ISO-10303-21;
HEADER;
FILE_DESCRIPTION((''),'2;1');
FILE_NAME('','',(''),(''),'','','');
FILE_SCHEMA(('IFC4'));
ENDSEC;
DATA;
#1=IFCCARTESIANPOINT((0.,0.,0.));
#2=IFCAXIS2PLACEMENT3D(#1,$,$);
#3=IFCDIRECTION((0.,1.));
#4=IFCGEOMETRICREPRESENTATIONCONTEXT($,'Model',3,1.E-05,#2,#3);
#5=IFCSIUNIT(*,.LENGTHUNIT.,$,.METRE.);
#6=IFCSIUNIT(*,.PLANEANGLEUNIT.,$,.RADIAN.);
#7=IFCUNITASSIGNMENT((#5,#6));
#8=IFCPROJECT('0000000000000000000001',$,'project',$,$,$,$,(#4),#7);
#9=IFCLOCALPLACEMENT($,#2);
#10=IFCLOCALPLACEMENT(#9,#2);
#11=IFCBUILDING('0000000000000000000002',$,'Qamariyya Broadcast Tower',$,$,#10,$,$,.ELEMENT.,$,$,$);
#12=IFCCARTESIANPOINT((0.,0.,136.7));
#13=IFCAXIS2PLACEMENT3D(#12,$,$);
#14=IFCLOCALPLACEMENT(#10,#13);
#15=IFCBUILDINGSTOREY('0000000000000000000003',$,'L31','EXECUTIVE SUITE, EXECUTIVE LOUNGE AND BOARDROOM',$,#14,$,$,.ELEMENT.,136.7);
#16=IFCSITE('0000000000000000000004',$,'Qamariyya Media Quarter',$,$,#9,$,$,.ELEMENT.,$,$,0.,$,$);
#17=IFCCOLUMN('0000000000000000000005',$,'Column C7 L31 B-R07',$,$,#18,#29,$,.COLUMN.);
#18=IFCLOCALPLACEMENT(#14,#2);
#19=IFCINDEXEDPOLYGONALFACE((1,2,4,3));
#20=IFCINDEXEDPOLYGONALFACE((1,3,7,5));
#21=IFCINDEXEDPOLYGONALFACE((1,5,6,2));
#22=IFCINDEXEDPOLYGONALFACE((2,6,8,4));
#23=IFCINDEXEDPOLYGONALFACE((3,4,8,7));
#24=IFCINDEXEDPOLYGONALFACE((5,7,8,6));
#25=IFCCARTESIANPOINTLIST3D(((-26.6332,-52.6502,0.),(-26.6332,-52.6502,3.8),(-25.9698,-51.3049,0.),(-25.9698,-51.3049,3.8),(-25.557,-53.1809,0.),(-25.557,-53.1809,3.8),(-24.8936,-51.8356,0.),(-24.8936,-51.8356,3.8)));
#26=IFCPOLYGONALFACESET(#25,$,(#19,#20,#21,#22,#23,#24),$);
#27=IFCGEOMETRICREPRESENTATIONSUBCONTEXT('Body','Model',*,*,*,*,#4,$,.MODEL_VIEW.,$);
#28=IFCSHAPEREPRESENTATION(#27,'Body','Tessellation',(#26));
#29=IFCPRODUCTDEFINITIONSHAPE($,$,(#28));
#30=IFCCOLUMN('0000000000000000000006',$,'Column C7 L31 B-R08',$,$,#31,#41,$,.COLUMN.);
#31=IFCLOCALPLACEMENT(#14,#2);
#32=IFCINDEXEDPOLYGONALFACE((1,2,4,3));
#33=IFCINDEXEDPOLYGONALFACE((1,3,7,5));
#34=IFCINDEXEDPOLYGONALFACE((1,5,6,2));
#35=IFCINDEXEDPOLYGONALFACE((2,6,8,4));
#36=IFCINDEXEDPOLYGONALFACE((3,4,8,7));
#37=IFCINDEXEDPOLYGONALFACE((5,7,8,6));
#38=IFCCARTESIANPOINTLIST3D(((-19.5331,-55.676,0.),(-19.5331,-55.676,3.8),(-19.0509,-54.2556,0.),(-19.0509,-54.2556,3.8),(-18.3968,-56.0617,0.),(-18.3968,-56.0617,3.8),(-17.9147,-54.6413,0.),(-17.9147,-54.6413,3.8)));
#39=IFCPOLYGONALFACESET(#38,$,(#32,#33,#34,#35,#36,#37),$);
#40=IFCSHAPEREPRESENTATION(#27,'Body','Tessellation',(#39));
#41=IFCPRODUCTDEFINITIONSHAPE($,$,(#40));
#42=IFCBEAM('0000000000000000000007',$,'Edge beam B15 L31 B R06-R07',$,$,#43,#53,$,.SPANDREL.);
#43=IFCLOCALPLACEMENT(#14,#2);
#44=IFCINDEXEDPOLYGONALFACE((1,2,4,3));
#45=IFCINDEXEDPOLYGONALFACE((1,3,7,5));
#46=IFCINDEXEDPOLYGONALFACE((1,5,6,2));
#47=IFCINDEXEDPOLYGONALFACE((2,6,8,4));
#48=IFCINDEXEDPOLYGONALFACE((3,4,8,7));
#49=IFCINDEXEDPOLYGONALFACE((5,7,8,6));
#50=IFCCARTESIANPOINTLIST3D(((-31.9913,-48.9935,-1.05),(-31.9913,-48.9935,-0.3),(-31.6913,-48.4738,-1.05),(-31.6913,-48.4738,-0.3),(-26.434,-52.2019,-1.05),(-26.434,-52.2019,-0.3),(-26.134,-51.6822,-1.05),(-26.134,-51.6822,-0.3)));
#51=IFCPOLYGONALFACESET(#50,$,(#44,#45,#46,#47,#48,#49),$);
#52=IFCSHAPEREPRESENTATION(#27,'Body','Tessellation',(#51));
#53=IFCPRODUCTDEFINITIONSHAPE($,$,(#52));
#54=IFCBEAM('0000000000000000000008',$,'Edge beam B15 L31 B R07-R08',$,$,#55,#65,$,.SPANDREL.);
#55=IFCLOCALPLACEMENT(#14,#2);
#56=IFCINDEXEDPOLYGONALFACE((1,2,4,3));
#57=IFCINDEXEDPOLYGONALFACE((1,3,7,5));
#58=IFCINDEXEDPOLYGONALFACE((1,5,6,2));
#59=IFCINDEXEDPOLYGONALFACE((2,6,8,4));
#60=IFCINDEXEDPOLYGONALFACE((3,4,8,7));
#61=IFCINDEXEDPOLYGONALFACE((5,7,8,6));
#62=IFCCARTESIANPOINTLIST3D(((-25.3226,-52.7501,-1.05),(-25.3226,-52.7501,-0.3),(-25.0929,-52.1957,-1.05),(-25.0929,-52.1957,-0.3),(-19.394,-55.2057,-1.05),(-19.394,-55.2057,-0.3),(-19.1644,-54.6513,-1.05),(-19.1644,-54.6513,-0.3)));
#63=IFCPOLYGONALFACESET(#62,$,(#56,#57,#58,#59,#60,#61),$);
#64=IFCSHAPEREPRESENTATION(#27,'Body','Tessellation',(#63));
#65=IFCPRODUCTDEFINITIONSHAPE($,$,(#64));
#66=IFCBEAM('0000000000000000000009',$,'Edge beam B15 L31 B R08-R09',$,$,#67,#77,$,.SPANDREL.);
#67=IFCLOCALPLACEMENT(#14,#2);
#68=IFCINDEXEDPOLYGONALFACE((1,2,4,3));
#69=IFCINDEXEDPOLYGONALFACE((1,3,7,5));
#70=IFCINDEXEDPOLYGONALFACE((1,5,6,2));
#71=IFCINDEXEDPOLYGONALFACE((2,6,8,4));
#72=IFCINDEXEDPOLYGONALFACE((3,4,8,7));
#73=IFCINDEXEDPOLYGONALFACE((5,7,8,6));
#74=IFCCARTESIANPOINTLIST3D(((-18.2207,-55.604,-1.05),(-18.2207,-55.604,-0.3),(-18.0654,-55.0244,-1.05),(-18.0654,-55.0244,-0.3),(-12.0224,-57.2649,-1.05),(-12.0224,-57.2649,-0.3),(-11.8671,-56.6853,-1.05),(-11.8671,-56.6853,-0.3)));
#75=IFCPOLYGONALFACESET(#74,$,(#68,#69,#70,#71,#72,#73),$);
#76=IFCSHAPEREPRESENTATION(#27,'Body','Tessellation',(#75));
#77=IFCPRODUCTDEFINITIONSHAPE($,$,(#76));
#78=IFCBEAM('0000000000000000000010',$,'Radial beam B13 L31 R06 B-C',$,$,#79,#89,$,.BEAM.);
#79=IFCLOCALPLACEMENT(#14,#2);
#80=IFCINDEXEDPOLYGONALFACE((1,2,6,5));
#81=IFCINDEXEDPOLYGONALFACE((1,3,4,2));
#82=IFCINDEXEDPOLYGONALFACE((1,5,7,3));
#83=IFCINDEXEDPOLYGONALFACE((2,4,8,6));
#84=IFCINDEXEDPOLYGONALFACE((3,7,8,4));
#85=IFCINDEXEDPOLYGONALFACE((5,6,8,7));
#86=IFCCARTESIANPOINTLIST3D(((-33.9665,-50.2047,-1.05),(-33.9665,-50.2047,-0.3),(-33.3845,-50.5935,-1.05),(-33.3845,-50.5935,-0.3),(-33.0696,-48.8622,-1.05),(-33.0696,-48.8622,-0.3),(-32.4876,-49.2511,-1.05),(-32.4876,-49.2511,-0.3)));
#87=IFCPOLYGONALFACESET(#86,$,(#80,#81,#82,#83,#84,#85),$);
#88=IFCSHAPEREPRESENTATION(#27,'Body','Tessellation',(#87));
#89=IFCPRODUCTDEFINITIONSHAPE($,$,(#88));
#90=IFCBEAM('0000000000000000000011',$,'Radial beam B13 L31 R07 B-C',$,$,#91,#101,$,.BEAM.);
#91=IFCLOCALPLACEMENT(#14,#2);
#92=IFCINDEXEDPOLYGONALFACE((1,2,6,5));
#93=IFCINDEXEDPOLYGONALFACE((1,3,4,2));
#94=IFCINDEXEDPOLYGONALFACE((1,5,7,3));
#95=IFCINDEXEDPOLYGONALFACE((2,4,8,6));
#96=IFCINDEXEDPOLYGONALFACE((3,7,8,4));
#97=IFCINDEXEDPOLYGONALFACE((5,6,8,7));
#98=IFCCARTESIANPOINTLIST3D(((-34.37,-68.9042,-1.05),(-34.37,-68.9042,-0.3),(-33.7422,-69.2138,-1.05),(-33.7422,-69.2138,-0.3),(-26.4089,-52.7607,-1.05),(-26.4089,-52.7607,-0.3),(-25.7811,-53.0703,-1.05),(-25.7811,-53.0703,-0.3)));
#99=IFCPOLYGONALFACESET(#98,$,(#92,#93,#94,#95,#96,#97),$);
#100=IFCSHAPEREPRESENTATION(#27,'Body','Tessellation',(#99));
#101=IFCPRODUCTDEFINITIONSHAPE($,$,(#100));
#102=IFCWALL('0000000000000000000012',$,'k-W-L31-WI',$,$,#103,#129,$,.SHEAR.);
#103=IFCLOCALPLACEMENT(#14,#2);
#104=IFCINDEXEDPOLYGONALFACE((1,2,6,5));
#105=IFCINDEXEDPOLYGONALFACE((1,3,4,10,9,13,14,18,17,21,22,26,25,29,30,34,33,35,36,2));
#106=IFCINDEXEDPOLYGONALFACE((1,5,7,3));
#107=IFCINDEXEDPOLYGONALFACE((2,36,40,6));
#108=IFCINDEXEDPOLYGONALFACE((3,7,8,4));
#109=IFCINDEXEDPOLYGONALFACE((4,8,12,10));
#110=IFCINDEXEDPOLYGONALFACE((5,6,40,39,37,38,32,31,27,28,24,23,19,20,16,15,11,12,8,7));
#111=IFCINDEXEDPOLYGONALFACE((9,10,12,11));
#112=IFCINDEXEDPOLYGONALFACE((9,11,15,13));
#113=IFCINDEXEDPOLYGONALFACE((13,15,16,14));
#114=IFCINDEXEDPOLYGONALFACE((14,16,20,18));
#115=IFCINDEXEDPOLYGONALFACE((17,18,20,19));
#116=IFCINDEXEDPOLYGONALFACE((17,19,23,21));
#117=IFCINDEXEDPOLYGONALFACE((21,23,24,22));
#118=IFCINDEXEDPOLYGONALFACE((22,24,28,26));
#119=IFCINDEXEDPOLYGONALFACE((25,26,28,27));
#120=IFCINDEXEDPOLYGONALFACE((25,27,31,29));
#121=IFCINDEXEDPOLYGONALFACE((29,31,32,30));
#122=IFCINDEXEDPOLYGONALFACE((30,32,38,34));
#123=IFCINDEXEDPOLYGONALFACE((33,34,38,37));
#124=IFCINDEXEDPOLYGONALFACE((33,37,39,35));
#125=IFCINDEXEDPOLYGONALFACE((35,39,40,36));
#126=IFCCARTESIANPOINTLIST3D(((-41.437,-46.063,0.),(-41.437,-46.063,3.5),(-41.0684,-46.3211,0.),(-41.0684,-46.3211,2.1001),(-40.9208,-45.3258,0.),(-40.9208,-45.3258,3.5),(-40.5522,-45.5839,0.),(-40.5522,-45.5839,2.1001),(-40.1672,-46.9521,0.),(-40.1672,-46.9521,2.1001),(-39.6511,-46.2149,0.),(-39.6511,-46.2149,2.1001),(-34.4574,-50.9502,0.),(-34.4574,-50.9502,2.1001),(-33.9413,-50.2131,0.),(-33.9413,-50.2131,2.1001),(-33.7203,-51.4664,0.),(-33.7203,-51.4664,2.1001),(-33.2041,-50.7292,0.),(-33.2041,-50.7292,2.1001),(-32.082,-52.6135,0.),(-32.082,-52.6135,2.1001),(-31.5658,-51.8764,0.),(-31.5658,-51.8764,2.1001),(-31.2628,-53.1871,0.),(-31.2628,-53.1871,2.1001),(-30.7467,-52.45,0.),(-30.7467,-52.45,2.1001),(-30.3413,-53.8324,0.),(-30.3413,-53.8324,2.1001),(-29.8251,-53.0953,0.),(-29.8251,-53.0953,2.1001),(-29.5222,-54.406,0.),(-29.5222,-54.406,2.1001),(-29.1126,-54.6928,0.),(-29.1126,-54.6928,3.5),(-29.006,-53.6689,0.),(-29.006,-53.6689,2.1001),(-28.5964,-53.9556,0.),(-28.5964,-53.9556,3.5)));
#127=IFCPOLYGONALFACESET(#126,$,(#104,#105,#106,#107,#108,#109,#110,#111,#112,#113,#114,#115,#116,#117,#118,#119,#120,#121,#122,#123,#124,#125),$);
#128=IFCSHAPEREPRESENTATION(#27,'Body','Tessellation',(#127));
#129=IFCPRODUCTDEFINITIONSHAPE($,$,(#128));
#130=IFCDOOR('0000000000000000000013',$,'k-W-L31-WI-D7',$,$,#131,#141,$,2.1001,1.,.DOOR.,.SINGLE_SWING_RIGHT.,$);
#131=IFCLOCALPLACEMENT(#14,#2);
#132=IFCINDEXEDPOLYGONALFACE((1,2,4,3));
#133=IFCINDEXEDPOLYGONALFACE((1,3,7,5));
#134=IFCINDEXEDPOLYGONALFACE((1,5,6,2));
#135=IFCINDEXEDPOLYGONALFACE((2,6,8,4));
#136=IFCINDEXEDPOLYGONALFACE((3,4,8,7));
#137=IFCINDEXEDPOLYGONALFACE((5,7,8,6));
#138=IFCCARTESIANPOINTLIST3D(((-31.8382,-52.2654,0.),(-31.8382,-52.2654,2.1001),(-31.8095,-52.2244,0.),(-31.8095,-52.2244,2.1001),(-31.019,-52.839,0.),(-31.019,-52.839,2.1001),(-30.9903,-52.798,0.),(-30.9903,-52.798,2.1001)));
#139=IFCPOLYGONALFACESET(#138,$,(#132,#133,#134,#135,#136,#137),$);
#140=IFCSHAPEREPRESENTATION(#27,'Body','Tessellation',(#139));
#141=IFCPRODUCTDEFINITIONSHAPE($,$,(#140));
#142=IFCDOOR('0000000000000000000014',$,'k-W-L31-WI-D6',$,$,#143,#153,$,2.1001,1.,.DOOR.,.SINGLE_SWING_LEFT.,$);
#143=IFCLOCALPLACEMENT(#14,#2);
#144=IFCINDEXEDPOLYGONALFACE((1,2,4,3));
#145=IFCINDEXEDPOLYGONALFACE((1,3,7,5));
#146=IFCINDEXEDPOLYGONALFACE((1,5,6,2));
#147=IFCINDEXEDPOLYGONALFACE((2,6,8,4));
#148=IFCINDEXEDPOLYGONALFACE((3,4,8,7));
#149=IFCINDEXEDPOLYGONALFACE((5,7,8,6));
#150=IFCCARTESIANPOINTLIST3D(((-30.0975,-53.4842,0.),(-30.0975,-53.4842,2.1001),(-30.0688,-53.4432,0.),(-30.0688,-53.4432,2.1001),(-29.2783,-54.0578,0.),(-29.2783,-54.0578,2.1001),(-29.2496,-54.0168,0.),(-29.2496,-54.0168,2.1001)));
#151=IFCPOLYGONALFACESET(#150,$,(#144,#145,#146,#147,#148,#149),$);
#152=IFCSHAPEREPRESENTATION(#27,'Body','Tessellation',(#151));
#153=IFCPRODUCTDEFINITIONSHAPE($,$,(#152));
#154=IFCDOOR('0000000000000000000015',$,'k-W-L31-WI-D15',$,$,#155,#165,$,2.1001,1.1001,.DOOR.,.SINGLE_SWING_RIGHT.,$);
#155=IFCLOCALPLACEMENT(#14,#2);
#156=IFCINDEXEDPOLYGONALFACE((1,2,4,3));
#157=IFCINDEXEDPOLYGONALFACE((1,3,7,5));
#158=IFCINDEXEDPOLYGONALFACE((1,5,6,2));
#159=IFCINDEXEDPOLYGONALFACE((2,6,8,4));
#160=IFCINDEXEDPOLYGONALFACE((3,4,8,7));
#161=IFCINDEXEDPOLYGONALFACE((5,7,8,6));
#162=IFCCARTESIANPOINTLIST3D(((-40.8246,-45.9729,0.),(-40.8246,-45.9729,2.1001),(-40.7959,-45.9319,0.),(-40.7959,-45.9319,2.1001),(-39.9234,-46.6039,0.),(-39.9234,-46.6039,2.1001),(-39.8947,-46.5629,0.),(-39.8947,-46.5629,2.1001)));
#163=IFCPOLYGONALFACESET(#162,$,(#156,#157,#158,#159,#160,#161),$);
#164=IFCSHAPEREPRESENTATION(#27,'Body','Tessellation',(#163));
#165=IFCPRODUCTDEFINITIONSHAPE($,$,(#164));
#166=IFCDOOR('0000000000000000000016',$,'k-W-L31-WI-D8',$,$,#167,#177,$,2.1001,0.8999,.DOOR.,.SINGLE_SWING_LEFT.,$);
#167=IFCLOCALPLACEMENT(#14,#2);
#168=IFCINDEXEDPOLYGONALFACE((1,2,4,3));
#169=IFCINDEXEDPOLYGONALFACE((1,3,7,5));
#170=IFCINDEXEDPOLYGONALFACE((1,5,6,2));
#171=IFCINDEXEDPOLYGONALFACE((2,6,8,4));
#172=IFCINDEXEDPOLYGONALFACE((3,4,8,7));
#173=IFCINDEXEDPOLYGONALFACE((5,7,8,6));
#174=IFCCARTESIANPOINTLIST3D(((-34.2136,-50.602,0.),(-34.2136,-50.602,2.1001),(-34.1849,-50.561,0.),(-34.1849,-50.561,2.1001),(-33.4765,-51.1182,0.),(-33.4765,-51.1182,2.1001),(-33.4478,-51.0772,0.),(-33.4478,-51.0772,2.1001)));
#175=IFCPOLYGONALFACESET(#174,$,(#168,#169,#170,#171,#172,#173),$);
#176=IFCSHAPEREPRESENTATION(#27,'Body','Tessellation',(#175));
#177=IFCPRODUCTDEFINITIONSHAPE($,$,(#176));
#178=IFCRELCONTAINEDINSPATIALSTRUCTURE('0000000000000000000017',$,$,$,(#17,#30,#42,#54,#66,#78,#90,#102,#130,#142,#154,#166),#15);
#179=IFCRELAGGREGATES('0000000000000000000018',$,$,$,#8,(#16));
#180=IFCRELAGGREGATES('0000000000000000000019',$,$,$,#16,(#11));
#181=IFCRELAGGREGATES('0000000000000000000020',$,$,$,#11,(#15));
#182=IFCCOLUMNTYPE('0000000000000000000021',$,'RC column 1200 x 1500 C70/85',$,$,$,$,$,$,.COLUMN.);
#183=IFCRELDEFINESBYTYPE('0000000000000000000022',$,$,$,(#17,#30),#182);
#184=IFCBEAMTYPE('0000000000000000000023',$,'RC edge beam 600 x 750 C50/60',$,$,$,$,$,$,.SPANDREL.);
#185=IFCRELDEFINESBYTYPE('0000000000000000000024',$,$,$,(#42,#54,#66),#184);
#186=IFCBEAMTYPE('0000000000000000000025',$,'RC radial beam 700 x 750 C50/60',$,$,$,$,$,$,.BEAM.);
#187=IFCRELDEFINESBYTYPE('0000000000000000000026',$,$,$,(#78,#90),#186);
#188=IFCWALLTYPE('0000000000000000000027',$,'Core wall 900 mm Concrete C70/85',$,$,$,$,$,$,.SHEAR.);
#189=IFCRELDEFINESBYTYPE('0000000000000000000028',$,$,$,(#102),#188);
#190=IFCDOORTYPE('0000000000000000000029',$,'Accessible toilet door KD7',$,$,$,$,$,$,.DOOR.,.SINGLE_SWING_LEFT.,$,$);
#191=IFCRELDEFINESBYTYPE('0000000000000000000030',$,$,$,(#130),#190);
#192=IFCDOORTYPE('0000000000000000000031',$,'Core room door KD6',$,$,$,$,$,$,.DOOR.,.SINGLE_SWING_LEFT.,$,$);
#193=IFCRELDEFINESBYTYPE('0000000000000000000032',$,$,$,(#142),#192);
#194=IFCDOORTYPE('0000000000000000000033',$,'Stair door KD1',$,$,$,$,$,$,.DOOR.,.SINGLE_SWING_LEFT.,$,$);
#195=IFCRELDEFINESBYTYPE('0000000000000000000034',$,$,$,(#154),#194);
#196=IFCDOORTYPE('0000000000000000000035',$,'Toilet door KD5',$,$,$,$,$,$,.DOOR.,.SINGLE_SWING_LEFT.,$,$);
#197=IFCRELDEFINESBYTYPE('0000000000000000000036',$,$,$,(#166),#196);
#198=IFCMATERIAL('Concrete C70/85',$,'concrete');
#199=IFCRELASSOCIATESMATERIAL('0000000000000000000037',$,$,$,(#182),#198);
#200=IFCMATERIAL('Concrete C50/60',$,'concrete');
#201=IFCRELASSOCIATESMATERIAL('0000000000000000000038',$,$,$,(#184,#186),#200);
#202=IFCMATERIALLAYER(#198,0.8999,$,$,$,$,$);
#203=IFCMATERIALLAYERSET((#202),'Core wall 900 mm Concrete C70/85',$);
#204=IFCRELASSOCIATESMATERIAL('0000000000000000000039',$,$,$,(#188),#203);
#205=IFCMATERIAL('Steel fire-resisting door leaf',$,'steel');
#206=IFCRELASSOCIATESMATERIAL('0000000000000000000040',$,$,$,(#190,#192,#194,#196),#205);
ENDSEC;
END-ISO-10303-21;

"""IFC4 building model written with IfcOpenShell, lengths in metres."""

from ifc_helpers import new_model, si_unit, direction, frame, frame_2d, origin, origin_2d, place, context, subcontext, project, spatial, rectangle, extrude, material, layer, layer_set, material_profile, profile_set, type_object, element, fill, save


model = new_model("IFC4")

# Units and contexts
model_context = context("Model", 3, precision=1e-05, world=origin(), true_north=direction((0.0, 1.0)))
body_context = subcontext(model_context, "Body", "Model", "MODEL_VIEW")
ifc_project = project(units=[si_unit("LENGTHUNIT", "METRE"), si_unit("PLANEANGLEUNIT", "RADIAN")], contexts=[model_context])

# Site, building, storey
site_placement = place(None, origin())
site = spatial("IfcSite", under=ifc_project, at=site_placement, Name="Qamariyya Media Quarter", CompositionType="ELEMENT", RefElevation=0.0)
building_placement = place(site_placement, origin())
building = spatial("IfcBuilding", under=site, at=building_placement, Name="Qamariyya Broadcast Tower", CompositionType="ELEMENT")
storey_placement = place(building_placement, frame((0.0, 0.0, 136.7)))
storey = spatial("IfcBuildingStorey", under=building, at=storey_placement, Name="L31", Description="EXECUTIVE SUITE, EXECUTIVE LOUNGE AND BOARDROOM", CompositionType="ELEMENT", Elevation=136.7)

# Columns
ifc_material_1 = material(Name="Concrete C70/85", Category="concrete")
ifc_material_profile_1 = material_profile(ifc_material_1, rectangle(XDim=1.2, YDim=1.5, at=origin_2d()))
ifc_profile_set_1 = profile_set([ifc_material_profile_1], Name="Concrete C70/85")
column_type = type_object("IfcColumnType", Name="RC column 1200 x 1500 C70/85", PredefinedType="COLUMN", material=ifc_profile_set_1)
for number, where, z_axis, x_axis, name in (
    (1, (-25.7634, -52.2429, 0.0), (0.0, 0.0, 1.0), (0.896873, -0.442289, 0.0), "Column C7 L31 B-R07"),
    (2, (-18.7239, -55.1587, 0.0), (0.0, 0.0, 1.0), (0.94693, -0.321439, 0.0), "Column C7 L31 B-R08"),
):
    element("IfcColumn", number, at=place(storey_placement, frame(where, z_axis=z_axis, x_axis=x_axis)), inside=storey, type_object=column_type, Name=name, PredefinedType="COLUMN", context=body_context, shape_type="SweptSolid", body=[
        extrude(rectangle(XDim=1.2, YDim=1.5, at=origin_2d()), origin(), (0.0, 0.0, 1.0), 3.8),
    ])

# Beams
ifc_material_2 = material(Name="Concrete C50/60", Category="concrete")
ifc_material_profile_2 = material_profile(ifc_material_2, rectangle(XDim=0.6001, YDim=0.75, at=origin_2d()))
ifc_profile_set_2 = profile_set([ifc_material_profile_2], Name="Concrete C50/60")
beam_type_1 = type_object("IfcBeamType", Name="RC edge beam 600 x 750 C50/60", PredefinedType="SPANDREL", material=ifc_profile_set_2)
for number, where, z_axis, x_axis, name in (
    (3, (-31.8413, -48.7336, -0.675), (0.866029, -0.499994, 0.0), (0.499994, 0.866029, 0.0), "Edge beam B15 L31 B R06-R07"),
    (4, (-25.2078, -52.4729, -0.675), (0.923884, -0.382672, 0.0), (0.382672, 0.923884, 0.0), "Edge beam B15 L31 B R07-R08"),
    (5, (-18.1431, -55.3142, -0.675), (0.965923, -0.25883, 0.0), (0.25883, 0.965923, 0.0), "Edge beam B15 L31 B R08-R09"),
):
    element("IfcBeam", number, at=place(storey_placement, frame(where, z_axis=z_axis, x_axis=x_axis)), inside=storey, type_object=beam_type_1, Name=name, PredefinedType="SPANDREL", context=body_context, shape_type="SweptSolid", body=[
        extrude(rectangle(XDim=0.6001, YDim=0.75, at=origin_2d()), origin(), (0.0, 0.0, 1.0), 6.417),
    ])
ifc_material_profile_3 = material_profile(ifc_material_2, rectangle(XDim=0.7, YDim=0.75, at=origin_2d()))
ifc_profile_set_3 = profile_set([ifc_material_profile_3], Name="Concrete C50/60")
beam_type_2 = type_object("IfcBeamType", Name="RC radial beam 700 x 750 C50/60", PredefinedType="BEAM", material=ifc_profile_set_3)
beam_1_placement = place(storey_placement, frame((-32.7786, -49.0566, -0.675), z_axis=(-0.555537, -0.831492, 0.0), x_axis=(0.831492, -0.555537, 0.0)))
element("IfcBeam", 6, at=beam_1_placement, inside=storey, type_object=beam_type_2, Name="Radial beam B13 L31 R06 B-C", PredefinedType="BEAM", context=body_context, shape_type="SweptSolid", body=[
    extrude(rectangle(XDim=0.7, YDim=0.75, at=origin_2d()), origin(), (0.0, 0.0, 1.0), 1.6145),
])
beam_2_placement = place(storey_placement, frame((-26.095, -52.9155, -0.675), z_axis=(-0.442291, -0.896871, 0.0), x_axis=(0.896871, -0.442291, 0.0)))
element("IfcBeam", 7, at=beam_2_placement, inside=storey, type_object=beam_type_2, Name="Radial beam B13 L31 R07 B-C", PredefinedType="BEAM", context=body_context, shape_type="SweptSolid", body=[
    extrude(rectangle(XDim=0.7, YDim=0.75, at=origin_2d()), origin(), (0.0, 0.0, 1.0), 17.9998),
])

# Wall, openings, doors
ifc_layer_1 = layer(ifc_material_1, 0.8999)
ifc_layer_set_1 = layer_set([ifc_layer_1], Name="Core wall 900 mm Concrete C70/85")
wall_type_1 = type_object("IfcWallType", Name="Core wall 900 mm Concrete C70/85", PredefinedType="SHEAR", material=ifc_layer_set_1)
wall_1_placement = place(storey_placement, frame((-28.8545, -54.3242, 0.0), z_axis=(0.0, 0.0, 1.0), x_axis=(-0.819146, 0.573585, 0.0)))
wall_1 = element("IfcWall", 8, at=wall_1_placement, inside=storey, type_object=wall_type_1, Name="k-W-L31-WI", PredefinedType="SHEAR", context=body_context, shape_type="SweptSolid", body=[
    extrude(rectangle(XDim=15.0454, YDim=0.8999, at=frame_2d((7.5227, 0.0))), origin(), (0.0, 0.0, 1.0), 3.5),
])
opening_1_placement = place(wall_1_placement, frame((0.5, 0.0, 0.0)))
opening_1 = element("IfcOpeningElement", 9, at=opening_1_placement, cuts=wall_1, PredefinedType="OPENING", context=body_context, shape_type="SweptSolid", body=[
    extrude(rectangle(XDim=1.0, YDim=2.1001, at=frame_2d((0.5, 1.05))), frame((0.0, 0.46, 0.0), z_axis=(0.0, -1.0, 0.0), x_axis=(1.0, 0.0, 0.0)), (0.0, 0.0, 1.0), 0.9199),
])
opening_2_placement = place(wall_1_placement, frame((2.625, 0.0, 0.0)))
opening_2 = element("IfcOpeningElement", 10, at=opening_2_placement, cuts=wall_1, PredefinedType="OPENING", context=body_context, shape_type="SweptSolid", body=[
    extrude(rectangle(XDim=1.0, YDim=2.1001, at=frame_2d((0.5, 1.05))), frame((0.0, 0.46, 0.0), z_axis=(0.0, -1.0, 0.0), x_axis=(1.0, 0.0, 0.0)), (0.0, 0.0, 1.0), 0.9199),
])
opening_3_placement = place(wall_1_placement, frame((5.625, 0.0, 0.0)))
opening_3 = element("IfcOpeningElement", 11, at=opening_3_placement, cuts=wall_1, PredefinedType="OPENING", context=body_context, shape_type="SweptSolid", body=[
    extrude(rectangle(XDim=0.8999, YDim=2.1001, at=frame_2d((0.45, 1.05))), frame((0.0, 0.46, 0.0), z_axis=(0.0, -1.0, 0.0), x_axis=(1.0, 0.0, 0.0)), (0.0, 0.0, 1.0), 0.9199),
])
opening_4_placement = place(wall_1_placement, frame((13.4954, 0.0, 0.0)))
opening_4 = element("IfcOpeningElement", 12, at=opening_4_placement, cuts=wall_1, PredefinedType="OPENING", context=body_context, shape_type="SweptSolid", body=[
    extrude(rectangle(XDim=1.1001, YDim=2.1001, at=frame_2d((0.55, 1.05))), frame((0.0, 0.46, 0.0), z_axis=(0.0, -1.0, 0.0), x_axis=(1.0, 0.0, 0.0)), (0.0, 0.0, 1.0), 0.9199),
])
ifc_material_3 = material(Name="Steel fire-resisting door leaf", Category="steel")
door_type_1 = type_object("IfcDoorType", Name="Accessible toilet door KD7", OperationType="SINGLE_SWING_LEFT", PredefinedType="DOOR", material=ifc_material_3)
door_1_placement = place(opening_2_placement, origin())
door_1 = element("IfcDoor", 13, at=door_1_placement, inside=storey, type_object=door_type_1, Name="k-W-L31-WI-D7", OperationType="SINGLE_SWING_RIGHT", OverallHeight=2.1001, OverallWidth=1.0, PredefinedType="DOOR", context=body_context, shape_type="SweptSolid", body=[
    extrude(rectangle(XDim=1.0, YDim=2.1001, at=frame_2d((0.5, 1.05))), frame((0.0, 0.0249, 0.0), z_axis=(0.0, -1.0, 0.0), x_axis=(1.0, 0.0, 0.0)), (0.0, 0.0, 1.0), 0.05),
])
fill(opening_2, door_1)
door_type_2 = type_object("IfcDoorType", Name="Core room door KD6", OperationType="SINGLE_SWING_LEFT", PredefinedType="DOOR", material=ifc_material_3)
door_2_placement = place(opening_1_placement, origin())
door_2 = element("IfcDoor", 14, at=door_2_placement, inside=storey, type_object=door_type_2, Name="k-W-L31-WI-D6", OperationType="SINGLE_SWING_LEFT", OverallHeight=2.1001, OverallWidth=1.0, PredefinedType="DOOR", context=body_context, shape_type="SweptSolid", body=[
    extrude(rectangle(XDim=1.0, YDim=2.1001, at=frame_2d((0.5, 1.05))), frame((0.0, 0.0249, 0.0), z_axis=(0.0, -1.0, 0.0), x_axis=(1.0, 0.0, 0.0)), (0.0, 0.0, 1.0), 0.05),
])
fill(opening_1, door_2)
door_type_3 = type_object("IfcDoorType", Name="Stair door KD1", OperationType="SINGLE_SWING_LEFT", PredefinedType="DOOR", material=ifc_material_3)
door_3_placement = place(opening_4_placement, origin())
door_3 = element("IfcDoor", 15, at=door_3_placement, inside=storey, type_object=door_type_3, Name="k-W-L31-WI-D15", OperationType="SINGLE_SWING_RIGHT", OverallHeight=2.1001, OverallWidth=1.1001, PredefinedType="DOOR", context=body_context, shape_type="SweptSolid", body=[
    extrude(rectangle(XDim=1.1001, YDim=2.1001, at=frame_2d((0.55, 1.05))), frame((0.0, 0.0249, 0.0), z_axis=(0.0, -1.0, 0.0), x_axis=(1.0, 0.0, 0.0)), (0.0, 0.0, 1.0), 0.05),
])
fill(opening_4, door_3)
door_type_4 = type_object("IfcDoorType", Name="Toilet door KD5", OperationType="SINGLE_SWING_LEFT", PredefinedType="DOOR", material=ifc_material_3)
door_4_placement = place(opening_3_placement, origin())
door_4 = element("IfcDoor", 16, at=door_4_placement, inside=storey, type_object=door_type_4, Name="k-W-L31-WI-D8", OperationType="SINGLE_SWING_LEFT", OverallHeight=2.1001, OverallWidth=0.8999, PredefinedType="DOOR", context=body_context, shape_type="SweptSolid", body=[
    extrude(rectangle(XDim=0.8999, YDim=2.1001, at=frame_2d((0.45, 1.05))), frame((0.0, 0.0249, 0.0), z_axis=(0.0, -1.0, 0.0), x_axis=(1.0, 0.0, 0.0)), (0.0, 0.0, 1.0), 0.05),
])
fill(opening_3, door_4)

save(model, "model.ifc")
